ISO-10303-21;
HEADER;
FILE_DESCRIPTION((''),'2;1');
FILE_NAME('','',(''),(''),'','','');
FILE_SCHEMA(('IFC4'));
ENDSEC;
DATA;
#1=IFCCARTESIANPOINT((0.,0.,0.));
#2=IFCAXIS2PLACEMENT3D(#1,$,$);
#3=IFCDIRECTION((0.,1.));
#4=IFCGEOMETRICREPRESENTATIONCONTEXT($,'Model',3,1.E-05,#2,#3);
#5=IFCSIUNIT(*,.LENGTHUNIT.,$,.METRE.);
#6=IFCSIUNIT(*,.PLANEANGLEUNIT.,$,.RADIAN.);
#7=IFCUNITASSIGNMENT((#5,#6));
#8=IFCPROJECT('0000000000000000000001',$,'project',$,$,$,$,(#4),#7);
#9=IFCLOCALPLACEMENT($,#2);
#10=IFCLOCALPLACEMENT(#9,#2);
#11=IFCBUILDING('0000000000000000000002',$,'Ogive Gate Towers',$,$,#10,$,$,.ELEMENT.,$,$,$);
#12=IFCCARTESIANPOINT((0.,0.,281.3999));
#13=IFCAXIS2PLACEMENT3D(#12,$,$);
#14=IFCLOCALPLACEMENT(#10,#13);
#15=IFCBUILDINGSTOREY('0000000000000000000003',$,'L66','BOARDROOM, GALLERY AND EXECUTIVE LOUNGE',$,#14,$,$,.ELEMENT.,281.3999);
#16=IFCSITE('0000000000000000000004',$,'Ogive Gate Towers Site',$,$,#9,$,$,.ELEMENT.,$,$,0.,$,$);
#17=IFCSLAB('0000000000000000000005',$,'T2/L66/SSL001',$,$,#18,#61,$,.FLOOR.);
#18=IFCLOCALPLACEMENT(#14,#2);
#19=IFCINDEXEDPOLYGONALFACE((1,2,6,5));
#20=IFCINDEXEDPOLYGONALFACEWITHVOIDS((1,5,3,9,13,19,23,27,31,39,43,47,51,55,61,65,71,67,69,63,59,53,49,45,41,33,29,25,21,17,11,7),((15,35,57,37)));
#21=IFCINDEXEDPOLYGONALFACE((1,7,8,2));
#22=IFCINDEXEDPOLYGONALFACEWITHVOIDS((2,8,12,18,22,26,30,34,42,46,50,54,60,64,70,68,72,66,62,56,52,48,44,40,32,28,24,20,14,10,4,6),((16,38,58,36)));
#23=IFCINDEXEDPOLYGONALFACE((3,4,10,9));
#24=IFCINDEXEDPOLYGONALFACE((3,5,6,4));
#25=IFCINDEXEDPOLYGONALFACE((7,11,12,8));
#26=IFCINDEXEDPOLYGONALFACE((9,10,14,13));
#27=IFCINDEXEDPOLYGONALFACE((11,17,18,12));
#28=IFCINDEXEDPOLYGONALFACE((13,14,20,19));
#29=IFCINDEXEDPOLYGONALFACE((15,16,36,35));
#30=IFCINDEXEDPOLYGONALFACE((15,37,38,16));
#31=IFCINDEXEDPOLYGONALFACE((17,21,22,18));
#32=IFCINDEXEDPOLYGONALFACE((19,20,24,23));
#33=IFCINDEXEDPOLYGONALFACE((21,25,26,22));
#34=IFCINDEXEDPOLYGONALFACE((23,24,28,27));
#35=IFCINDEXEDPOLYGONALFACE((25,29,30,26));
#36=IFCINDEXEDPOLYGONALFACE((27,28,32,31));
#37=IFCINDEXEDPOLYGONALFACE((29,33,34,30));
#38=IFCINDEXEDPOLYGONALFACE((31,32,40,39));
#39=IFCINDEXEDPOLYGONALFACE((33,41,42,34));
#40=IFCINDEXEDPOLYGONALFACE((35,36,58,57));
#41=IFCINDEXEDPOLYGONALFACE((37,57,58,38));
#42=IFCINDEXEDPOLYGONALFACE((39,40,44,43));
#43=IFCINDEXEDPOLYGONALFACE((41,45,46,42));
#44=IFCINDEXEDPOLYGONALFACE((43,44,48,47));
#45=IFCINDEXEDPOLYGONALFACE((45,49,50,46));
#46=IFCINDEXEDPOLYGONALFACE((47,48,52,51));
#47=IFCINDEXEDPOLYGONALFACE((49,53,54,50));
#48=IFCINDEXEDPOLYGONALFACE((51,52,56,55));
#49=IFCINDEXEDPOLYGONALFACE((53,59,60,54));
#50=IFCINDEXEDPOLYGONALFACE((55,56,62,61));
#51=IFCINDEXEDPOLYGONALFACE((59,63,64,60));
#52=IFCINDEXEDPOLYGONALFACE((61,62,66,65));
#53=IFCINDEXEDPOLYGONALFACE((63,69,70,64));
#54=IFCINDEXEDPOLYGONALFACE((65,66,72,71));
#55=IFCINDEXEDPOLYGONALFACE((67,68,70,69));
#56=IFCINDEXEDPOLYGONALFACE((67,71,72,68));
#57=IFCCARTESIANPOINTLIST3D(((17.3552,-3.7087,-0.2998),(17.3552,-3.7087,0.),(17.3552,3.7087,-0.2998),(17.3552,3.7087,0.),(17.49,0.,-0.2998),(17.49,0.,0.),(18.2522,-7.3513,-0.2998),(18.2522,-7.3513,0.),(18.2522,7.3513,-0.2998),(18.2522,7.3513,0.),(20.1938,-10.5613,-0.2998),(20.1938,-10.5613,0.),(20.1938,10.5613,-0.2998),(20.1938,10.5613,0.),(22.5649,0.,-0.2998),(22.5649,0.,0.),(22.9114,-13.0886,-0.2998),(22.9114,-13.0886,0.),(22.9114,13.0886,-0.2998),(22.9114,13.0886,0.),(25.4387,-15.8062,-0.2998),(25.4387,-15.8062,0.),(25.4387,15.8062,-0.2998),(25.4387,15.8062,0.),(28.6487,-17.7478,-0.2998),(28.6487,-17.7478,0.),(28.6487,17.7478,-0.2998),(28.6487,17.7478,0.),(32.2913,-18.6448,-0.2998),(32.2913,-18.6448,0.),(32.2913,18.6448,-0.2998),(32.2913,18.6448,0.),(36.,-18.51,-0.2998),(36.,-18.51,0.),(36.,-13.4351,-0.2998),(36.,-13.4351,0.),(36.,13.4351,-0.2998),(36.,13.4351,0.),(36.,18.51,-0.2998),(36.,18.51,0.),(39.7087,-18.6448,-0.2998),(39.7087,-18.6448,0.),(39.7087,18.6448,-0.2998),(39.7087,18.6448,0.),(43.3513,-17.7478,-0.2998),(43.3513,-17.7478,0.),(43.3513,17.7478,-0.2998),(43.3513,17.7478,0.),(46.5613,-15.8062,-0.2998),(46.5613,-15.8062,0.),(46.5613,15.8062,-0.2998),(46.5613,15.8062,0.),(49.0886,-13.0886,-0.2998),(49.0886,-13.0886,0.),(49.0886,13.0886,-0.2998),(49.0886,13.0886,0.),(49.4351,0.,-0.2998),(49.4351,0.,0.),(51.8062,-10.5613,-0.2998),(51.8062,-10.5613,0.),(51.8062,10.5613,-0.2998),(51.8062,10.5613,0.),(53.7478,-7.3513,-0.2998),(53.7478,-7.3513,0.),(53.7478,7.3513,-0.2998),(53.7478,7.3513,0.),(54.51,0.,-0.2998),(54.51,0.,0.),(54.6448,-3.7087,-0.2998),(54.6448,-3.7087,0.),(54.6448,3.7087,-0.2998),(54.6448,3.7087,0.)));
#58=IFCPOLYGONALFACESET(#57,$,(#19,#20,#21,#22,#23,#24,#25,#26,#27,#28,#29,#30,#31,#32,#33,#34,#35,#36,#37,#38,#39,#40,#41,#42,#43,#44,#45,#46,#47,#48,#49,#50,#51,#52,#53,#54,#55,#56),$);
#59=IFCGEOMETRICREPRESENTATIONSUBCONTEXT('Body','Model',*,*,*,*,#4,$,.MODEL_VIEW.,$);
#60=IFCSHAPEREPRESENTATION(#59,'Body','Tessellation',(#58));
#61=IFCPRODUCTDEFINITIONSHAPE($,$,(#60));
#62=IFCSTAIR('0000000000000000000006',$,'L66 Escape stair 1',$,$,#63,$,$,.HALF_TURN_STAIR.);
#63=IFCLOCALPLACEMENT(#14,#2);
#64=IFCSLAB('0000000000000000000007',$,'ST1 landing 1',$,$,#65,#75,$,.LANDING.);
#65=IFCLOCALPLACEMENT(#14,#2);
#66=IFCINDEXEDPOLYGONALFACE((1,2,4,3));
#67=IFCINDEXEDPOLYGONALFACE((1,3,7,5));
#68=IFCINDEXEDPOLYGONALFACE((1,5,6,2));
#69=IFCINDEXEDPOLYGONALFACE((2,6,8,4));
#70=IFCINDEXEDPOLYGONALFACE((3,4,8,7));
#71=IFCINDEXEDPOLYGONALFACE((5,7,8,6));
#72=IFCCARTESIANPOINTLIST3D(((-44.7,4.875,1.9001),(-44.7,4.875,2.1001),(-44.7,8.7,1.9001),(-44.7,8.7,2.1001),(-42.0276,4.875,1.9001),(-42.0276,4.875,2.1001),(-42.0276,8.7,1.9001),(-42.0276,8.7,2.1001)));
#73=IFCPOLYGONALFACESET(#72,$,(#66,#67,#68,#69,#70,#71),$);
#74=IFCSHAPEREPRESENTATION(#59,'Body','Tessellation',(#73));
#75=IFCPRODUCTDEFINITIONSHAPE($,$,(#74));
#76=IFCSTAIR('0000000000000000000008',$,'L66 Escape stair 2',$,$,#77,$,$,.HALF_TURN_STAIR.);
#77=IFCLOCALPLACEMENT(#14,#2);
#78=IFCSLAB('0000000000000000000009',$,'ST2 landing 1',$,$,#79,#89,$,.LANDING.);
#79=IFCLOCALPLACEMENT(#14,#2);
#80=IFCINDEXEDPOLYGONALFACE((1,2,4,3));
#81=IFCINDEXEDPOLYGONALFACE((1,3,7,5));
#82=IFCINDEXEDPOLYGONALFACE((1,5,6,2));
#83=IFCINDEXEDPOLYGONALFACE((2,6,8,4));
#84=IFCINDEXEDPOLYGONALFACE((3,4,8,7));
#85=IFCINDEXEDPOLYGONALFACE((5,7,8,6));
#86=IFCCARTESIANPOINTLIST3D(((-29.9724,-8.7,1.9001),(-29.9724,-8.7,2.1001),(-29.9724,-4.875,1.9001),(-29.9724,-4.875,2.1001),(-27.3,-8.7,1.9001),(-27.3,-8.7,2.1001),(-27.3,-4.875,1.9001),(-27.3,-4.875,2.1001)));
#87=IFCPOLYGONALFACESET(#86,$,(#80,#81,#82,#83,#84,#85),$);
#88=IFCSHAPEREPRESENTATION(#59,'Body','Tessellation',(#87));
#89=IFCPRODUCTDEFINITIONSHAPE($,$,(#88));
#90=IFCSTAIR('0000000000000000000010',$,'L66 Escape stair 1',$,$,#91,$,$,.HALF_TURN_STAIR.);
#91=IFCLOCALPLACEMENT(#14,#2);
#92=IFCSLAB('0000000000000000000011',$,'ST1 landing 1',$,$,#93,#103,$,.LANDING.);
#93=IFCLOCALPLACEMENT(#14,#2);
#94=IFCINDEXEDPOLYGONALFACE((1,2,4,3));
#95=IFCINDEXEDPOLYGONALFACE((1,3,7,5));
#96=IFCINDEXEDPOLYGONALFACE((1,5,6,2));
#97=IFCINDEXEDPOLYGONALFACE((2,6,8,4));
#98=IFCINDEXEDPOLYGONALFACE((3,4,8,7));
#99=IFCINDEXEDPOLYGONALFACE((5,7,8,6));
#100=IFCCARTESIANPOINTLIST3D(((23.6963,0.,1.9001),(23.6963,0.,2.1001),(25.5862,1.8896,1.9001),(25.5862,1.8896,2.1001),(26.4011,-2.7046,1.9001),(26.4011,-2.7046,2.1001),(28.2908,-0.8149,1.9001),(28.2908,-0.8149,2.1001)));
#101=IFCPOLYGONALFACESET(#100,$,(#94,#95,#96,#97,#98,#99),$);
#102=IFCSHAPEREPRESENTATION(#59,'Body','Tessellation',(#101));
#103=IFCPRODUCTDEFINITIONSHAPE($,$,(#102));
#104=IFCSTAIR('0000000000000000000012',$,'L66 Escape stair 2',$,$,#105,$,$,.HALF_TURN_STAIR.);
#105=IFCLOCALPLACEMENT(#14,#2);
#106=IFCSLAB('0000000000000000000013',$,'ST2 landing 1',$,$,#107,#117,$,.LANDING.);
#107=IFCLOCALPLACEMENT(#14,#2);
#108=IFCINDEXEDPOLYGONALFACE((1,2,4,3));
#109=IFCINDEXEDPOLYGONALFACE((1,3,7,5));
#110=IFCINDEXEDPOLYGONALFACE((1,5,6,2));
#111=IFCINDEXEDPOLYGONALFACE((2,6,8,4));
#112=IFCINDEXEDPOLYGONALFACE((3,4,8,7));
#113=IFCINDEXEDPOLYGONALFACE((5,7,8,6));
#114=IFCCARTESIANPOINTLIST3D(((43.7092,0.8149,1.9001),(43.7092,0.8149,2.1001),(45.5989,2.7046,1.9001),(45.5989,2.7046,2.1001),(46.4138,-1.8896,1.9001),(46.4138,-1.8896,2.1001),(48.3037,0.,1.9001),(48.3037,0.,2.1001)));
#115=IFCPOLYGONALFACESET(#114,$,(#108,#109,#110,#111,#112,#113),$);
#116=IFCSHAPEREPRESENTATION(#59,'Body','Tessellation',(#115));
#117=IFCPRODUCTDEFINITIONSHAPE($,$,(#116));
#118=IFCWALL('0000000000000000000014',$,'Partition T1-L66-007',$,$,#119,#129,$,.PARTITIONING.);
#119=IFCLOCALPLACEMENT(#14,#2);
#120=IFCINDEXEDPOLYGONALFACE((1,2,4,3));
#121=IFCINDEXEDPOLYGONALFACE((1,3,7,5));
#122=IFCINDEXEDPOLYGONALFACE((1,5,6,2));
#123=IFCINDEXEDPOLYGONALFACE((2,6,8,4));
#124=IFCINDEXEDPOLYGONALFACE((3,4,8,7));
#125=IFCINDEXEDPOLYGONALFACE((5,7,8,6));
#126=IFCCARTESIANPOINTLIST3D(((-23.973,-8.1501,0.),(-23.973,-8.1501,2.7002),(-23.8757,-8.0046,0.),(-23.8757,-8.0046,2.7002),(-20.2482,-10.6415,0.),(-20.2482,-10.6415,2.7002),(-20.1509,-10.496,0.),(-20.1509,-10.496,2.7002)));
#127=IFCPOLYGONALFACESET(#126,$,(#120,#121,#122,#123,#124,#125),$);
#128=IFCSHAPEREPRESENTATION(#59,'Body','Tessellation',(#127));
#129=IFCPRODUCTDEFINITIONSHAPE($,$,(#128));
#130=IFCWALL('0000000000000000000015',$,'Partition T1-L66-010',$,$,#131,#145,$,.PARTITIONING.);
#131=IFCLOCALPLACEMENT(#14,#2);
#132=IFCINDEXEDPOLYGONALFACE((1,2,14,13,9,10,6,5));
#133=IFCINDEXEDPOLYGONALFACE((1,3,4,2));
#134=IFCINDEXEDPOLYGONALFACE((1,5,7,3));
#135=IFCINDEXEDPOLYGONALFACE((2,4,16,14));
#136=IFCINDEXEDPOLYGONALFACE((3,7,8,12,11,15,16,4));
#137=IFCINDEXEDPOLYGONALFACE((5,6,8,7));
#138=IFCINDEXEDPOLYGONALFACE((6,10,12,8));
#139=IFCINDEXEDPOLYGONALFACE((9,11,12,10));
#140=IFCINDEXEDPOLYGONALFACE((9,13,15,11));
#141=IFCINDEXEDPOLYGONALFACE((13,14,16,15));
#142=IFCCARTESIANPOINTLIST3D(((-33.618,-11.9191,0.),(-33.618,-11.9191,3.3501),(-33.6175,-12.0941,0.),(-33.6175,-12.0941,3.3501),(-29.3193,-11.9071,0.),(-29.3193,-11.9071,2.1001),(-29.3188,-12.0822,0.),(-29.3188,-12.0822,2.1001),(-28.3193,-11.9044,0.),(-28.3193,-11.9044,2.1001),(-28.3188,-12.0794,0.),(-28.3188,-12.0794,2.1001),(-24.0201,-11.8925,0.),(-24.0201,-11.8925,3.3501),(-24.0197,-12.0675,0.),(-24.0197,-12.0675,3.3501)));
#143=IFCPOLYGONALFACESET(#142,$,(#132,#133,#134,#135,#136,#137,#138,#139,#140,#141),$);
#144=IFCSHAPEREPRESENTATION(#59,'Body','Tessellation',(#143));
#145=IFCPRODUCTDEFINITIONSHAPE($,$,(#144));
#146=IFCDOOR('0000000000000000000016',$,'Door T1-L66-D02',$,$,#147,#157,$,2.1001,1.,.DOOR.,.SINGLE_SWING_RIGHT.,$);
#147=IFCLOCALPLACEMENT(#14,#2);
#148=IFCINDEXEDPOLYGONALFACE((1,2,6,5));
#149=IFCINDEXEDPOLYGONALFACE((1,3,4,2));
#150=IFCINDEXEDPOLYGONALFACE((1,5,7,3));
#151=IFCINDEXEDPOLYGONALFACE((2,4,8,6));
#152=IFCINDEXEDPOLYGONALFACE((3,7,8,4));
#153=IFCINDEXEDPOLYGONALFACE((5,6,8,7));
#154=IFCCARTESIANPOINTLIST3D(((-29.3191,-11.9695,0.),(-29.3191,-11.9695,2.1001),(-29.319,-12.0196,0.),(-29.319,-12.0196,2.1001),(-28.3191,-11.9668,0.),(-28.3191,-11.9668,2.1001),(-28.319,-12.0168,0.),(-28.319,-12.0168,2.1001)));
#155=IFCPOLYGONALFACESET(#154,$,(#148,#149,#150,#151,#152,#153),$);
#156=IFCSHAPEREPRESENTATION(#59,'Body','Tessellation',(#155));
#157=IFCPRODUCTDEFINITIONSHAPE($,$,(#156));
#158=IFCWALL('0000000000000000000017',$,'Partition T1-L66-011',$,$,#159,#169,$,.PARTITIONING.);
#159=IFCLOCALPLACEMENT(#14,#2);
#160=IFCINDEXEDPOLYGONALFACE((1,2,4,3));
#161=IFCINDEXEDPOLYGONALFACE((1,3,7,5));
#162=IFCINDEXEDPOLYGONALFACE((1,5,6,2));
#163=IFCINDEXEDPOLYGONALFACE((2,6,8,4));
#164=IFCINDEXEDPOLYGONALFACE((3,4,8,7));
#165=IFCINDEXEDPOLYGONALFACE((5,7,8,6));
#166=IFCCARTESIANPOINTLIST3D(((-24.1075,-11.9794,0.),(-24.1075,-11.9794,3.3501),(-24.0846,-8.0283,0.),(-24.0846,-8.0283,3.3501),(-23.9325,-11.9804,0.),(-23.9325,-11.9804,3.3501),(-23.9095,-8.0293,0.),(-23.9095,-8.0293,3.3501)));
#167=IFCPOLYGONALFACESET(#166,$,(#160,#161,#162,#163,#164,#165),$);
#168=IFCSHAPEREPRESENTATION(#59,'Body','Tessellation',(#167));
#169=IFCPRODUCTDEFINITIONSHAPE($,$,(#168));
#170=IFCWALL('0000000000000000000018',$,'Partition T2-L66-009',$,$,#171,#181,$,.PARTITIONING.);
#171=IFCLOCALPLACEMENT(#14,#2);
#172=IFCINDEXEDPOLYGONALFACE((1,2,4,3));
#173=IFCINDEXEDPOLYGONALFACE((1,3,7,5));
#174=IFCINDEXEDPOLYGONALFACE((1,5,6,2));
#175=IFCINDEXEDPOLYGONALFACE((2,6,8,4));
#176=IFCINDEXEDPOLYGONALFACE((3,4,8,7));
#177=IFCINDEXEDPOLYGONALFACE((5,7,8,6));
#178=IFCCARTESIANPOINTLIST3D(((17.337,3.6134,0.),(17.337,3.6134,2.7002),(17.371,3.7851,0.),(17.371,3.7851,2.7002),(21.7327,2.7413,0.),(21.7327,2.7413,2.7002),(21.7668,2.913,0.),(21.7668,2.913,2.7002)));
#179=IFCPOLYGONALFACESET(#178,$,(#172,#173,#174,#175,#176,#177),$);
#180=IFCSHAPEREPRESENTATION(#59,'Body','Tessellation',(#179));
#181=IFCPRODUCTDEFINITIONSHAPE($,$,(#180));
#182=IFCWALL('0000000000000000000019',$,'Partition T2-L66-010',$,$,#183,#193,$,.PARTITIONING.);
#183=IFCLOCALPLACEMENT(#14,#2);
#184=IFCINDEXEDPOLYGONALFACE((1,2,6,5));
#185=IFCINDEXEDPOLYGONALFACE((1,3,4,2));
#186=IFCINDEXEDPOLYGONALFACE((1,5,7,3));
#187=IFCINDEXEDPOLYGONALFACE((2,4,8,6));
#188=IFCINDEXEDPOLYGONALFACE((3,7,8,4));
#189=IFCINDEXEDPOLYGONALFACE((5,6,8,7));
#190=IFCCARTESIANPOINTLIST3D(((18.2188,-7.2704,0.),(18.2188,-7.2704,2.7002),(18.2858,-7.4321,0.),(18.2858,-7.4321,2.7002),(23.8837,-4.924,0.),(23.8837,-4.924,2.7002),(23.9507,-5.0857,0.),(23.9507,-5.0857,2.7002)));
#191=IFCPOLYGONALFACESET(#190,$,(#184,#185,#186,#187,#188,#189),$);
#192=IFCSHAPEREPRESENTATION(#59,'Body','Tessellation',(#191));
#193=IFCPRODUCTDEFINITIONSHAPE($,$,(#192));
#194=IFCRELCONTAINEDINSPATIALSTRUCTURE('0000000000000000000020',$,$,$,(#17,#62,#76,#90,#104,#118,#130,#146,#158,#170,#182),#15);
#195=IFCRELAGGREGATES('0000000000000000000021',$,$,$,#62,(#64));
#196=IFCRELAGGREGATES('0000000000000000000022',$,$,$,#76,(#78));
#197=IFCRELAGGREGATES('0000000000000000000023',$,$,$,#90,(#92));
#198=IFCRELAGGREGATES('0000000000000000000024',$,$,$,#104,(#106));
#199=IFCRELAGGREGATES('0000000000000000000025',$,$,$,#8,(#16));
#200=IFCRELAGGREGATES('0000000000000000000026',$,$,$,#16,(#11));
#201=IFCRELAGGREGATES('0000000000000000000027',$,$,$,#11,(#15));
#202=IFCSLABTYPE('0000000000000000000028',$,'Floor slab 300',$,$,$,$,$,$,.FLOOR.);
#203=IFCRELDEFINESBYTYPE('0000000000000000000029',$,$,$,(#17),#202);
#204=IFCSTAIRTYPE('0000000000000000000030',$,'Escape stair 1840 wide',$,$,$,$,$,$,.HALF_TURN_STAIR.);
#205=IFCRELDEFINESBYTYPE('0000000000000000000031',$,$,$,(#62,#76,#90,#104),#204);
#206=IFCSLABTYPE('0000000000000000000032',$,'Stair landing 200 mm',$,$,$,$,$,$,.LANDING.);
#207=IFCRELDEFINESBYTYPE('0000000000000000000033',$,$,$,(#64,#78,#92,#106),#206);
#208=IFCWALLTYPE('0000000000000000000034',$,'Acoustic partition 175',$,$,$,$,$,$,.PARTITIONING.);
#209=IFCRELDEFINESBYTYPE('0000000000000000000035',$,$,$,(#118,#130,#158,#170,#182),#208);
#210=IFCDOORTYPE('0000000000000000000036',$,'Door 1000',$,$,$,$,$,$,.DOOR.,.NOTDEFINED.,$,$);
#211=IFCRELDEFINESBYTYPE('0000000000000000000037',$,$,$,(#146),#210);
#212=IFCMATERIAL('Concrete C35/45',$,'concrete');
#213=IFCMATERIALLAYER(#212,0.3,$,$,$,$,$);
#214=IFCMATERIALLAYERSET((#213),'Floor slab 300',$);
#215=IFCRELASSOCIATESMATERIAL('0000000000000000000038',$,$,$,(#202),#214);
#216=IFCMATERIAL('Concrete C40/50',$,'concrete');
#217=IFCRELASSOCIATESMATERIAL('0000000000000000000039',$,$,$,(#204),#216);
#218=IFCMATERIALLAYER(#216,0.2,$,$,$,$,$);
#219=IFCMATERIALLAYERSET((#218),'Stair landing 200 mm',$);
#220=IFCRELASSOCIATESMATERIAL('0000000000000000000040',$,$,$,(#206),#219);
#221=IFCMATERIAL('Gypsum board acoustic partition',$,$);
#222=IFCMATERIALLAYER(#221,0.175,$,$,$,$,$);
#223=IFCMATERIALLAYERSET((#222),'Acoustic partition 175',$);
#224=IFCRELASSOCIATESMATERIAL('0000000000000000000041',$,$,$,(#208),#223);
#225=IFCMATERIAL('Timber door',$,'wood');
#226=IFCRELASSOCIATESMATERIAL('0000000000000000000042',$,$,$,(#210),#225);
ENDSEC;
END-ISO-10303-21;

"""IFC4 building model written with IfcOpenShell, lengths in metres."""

from ifc_helpers import new_model, si_unit, direction, frame, frame_2d, origin, place, context, subcontext, project, spatial, polyline, rectangle, outline, extrude, material, layer, layer_set, type_object, element, fill, aggregate, save


model = new_model("IFC4")

# Units and contexts
model_context = context("Model", 3, precision=1e-05, world=origin(), true_north=direction((0.0, 1.0)))
body_context = subcontext(model_context, "Body", "Model", "MODEL_VIEW")
ifc_project = project(units=[si_unit("LENGTHUNIT", "METRE"), si_unit("PLANEANGLEUNIT", "RADIAN")], contexts=[model_context])

# Site, building, storey
site_placement = place(None, origin())
site = spatial("IfcSite", under=ifc_project, at=site_placement, Name="Ogive Gate Towers Site", CompositionType="ELEMENT", RefElevation=0.0)
building_placement = place(site_placement, origin())
building = spatial("IfcBuilding", under=site, at=building_placement, Name="Ogive Gate Towers", CompositionType="ELEMENT")
storey_placement = place(building_placement, frame((0.0, 0.0, 281.3999)))
storey = spatial("IfcBuildingStorey", under=building, at=storey_placement, Name="L66", Description="BOARDROOM, GALLERY AND EXECUTIVE LOUNGE", CompositionType="ELEMENT", Elevation=281.3999)

# Slab
ifc_material_1 = material(Name="Concrete C40/50", Category="concrete")
ifc_material_2 = material(Name="Concrete C35/45", Category="concrete")
ifc_layer_1 = layer(ifc_material_2, 0.3)
ifc_layer_set_1 = layer_set([ifc_layer_1], Name="Floor slab 300")
slab_type_1 = type_object("IfcSlabType", Name="Floor slab 300", PredefinedType="FLOOR", material=ifc_layer_set_1)
slab_1_placement = place(storey_placement, frame((0.0, 0.0, -0.2998)))
element("IfcSlab", 1, at=slab_1_placement, inside=storey, type_object=slab_type_1, Name="T2/L66/SSL001", PredefinedType="FLOOR", context=body_context, shape_type="SweptSolid", body=[
    extrude(outline(polyline([(54.6448, -3.7087), (54.51, 0.0), (54.6448, 3.7087), (53.7478, 7.3513), (51.8062, 10.5613), (49.0886, 13.0886), (46.5613, 15.8062), (43.3513, 17.7478), (39.7087, 18.6448), (36.0, 18.51), (32.2913, 18.6448), (28.6487, 17.7478), (25.4387, 15.8062), (22.9114, 13.0886), (20.1938, 10.5613), (18.2522, 7.3513), (17.3552, 3.7087), (17.49, 0.0), (17.3552, -3.7087), (18.2522, -7.3513), (20.1938, -10.5613), (22.9114, -13.0886), (25.4387, -15.8062), (28.6487, -17.7478), (32.2913, -18.6448), (36.0, -18.51), (39.7087, -18.6448), (43.3513, -17.7478), (46.5613, -15.8062), (49.0886, -13.0886), (51.8062, -10.5613), (53.7478, -7.3513), (54.6448, -3.7087)]), holes=[polyline([(49.4351, 0.0), (36.0, -13.4351), (22.5649, 0.0), (36.0, 13.4351), (49.4351, 0.0)])]), origin(), (0.0, 0.0, 1.0), 0.2998),
])

# Stairs, slabs
stair_type = type_object("IfcStairType", Name="Escape stair 1840 wide", PredefinedType="HALF_TURN_STAIR", material=ifc_material_1)
stair_1_placement = place(storey_placement, origin())
stair_1 = element("IfcStair", 2, at=stair_1_placement, inside=storey, type_object=stair_type, Name="L66 Escape stair 1", PredefinedType="HALF_TURN_STAIR")
ifc_layer_2 = layer(ifc_material_1, 0.2)
ifc_layer_set_2 = layer_set([ifc_layer_2], Name="Stair landing 200 mm")
slab_type_2 = type_object("IfcSlabType", Name="Stair landing 200 mm", PredefinedType="LANDING", material=ifc_layer_set_2)
slab_2_placement = place(storey_placement, frame((0.0, 0.0, 1.9001)))
slab_2 = element("IfcSlab", 3, at=slab_2_placement, type_object=slab_type_2, Name="ST1 landing 1", PredefinedType="LANDING", context=body_context, shape_type="SweptSolid", body=[
    extrude(outline(polyline([(-42.0276, 8.7), (-44.7, 8.7), (-44.7, 4.875), (-42.0276, 4.875), (-42.0276, 8.7)])), origin(), (0.0, 0.0, 1.0), 0.2),
])
aggregate(stair_1, [slab_2])
stair_2_placement = place(storey_placement, origin())
stair_2 = element("IfcStair", 4, at=stair_2_placement, inside=storey, type_object=stair_type, Name="L66 Escape stair 2", PredefinedType="HALF_TURN_STAIR")
slab_3_placement = place(storey_placement, frame((0.0, 0.0, 1.9001)))
slab_3 = element("IfcSlab", 5, at=slab_3_placement, type_object=slab_type_2, Name="ST2 landing 1", PredefinedType="LANDING", context=body_context, shape_type="SweptSolid", body=[
    extrude(outline(polyline([(-29.9724, -8.7), (-27.3, -8.7), (-27.3, -4.875), (-29.9724, -4.875), (-29.9724, -8.7)])), origin(), (0.0, 0.0, 1.0), 0.2),
])
aggregate(stair_2, [slab_3])
stair_3_placement = place(storey_placement, origin())
stair_3 = element("IfcStair", 6, at=stair_3_placement, inside=storey, type_object=stair_type, Name="L66 Escape stair 1", PredefinedType="HALF_TURN_STAIR")
slab_4_placement = place(storey_placement, frame((0.0, 0.0, 1.9001)))
slab_4 = element("IfcSlab", 7, at=slab_4_placement, type_object=slab_type_2, Name="ST1 landing 1", PredefinedType="LANDING", context=body_context, shape_type="SweptSolid", body=[
    extrude(outline(polyline([(25.5862, 1.8896), (23.6963, 0.0), (26.4011, -2.7046), (28.2908, -0.8149), (25.5862, 1.8896)])), origin(), (0.0, 0.0, 1.0), 0.2),
])
aggregate(stair_3, [slab_4])
stair_4_placement = place(storey_placement, origin())
stair_4 = element("IfcStair", 8, at=stair_4_placement, inside=storey, type_object=stair_type, Name="L66 Escape stair 2", PredefinedType="HALF_TURN_STAIR")
slab_5_placement = place(storey_placement, frame((0.0, 0.0, 1.9001)))
slab_5 = element("IfcSlab", 9, at=slab_5_placement, type_object=slab_type_2, Name="ST2 landing 1", PredefinedType="LANDING", context=body_context, shape_type="SweptSolid", body=[
    extrude(outline(polyline([(46.4138, -1.8896), (48.3037, 0.0), (45.5989, 2.7046), (43.7092, 0.8149), (46.4138, -1.8896)])), origin(), (0.0, 0.0, 1.0), 0.2),
])
aggregate(stair_4, [slab_5])

# Wall
ifc_material_3 = material(Name="Gypsum board acoustic partition")
ifc_layer_3 = layer(ifc_material_3, 0.175)
ifc_layer_set_3 = layer_set([ifc_layer_3], Name="Acoustic partition 175")
wall_type_1 = type_object("IfcWallType", Name="Acoustic partition 175", PredefinedType="PARTITIONING", material=ifc_layer_set_3)
wall_1_placement = place(storey_placement, frame((-20.1995, -10.5688, 0.0), z_axis=(0.0, 0.0, 1.0), x_axis=(-0.831203, 0.555969, 0.0)))
element("IfcWall", 10, at=wall_1_placement, inside=storey, type_object=wall_type_1, Name="Partition T1-L66-007", PredefinedType="PARTITIONING", context=body_context, shape_type="SweptSolid", body=[
    extrude(rectangle(XDim=4.4812, YDim=0.175, at=frame_2d((2.2407, 0.0))), origin(), (0.0, 0.0, 1.0), 2.7002),
])

# Wall, opening, door
wall_2_placement = place(storey_placement, frame((-24.02, -11.98, 0.0), z_axis=(0.0, 0.0, 1.0), x_axis=(-0.999996, -0.002773, 0.0)))
wall_2 = element("IfcWall", 11, at=wall_2_placement, inside=storey, type_object=wall_type_1, Name="Partition T1-L66-010", PredefinedType="PARTITIONING", context=body_context, shape_type="SweptSolid", body=[
    extrude(rectangle(XDim=9.5979, YDim=0.175, at=frame_2d((4.7988, 0.0))), origin(), (0.0, 0.0, 1.0), 3.3501),
])
opening_1_placement = place(wall_2_placement, frame((4.2991, 0.0, 0.0)))
opening_1 = element("IfcOpeningElement", 12, at=opening_1_placement, cuts=wall_2, PredefinedType="OPENING", context=body_context, shape_type="SweptSolid", body=[
    extrude(rectangle(XDim=1.0, YDim=2.1001, at=frame_2d((0.5, 1.05))), frame((0.0, 0.0977, 0.0), z_axis=(0.0, -1.0, 0.0), x_axis=(1.0, 0.0, 0.0)), (0.0, 0.0, 1.0), 0.1951),
])
ifc_material_4 = material(Name="Timber door", Category="wood")
door_type_1 = type_object("IfcDoorType", Name="Door 1000", OperationType="NOTDEFINED", PredefinedType="DOOR", material=ifc_material_4)
door_1_placement = place(opening_1_placement, origin())
door_1 = element("IfcDoor", 13, at=door_1_placement, inside=storey, type_object=door_type_1, Name="Door T1-L66-D02", OperationType="SINGLE_SWING_RIGHT", OverallHeight=2.1001, OverallWidth=1.0, PredefinedType="DOOR", context=body_context, shape_type="SweptSolid", body=[
    extrude(rectangle(XDim=1.0, YDim=2.1001, at=frame_2d((0.5, 1.05))), frame((0.0, 0.0249, 0.0), z_axis=(0.0, -1.0, 0.0), x_axis=(1.0, 0.0, 0.0)), (0.0, 0.0, 1.0), 0.05),
])
fill(opening_1, door_1)

# Walls
wall_3_placement = place(storey_placement, frame((-23.9971, -8.0288, 0.0), z_axis=(0.0, 0.0, 1.0), x_axis=(-0.005808, -0.999983, 0.0)))
element("IfcWall", 14, at=wall_3_placement, inside=storey, type_object=wall_type_1, Name="Partition T1-L66-011", PredefinedType="PARTITIONING", context=body_context, shape_type="SweptSolid", body=[
    extrude(rectangle(XDim=3.9512, YDim=0.175, at=frame_2d((1.9756, 0.0))), origin(), (0.0, 0.0, 1.0), 3.3501),
])
wall_4_placement = place(storey_placement, frame((17.354, 3.6992, 0.0), z_axis=(0.0, 0.0, 1.0), x_axis=(0.980883, -0.194597, 0.0)))
element("IfcWall", 15, at=wall_4_placement, inside=storey, type_object=wall_type_1, Name="Partition T2-L66-009", PredefinedType="PARTITIONING", context=body_context, shape_type="SweptSolid", body=[
    extrude(rectangle(XDim=4.4814, YDim=0.175, at=frame_2d((2.2407, 0.0))), origin(), (0.0, 0.0, 1.0), 2.7002),
])
wall_5_placement = place(storey_placement, frame((18.2522, -7.3513, 0.0), z_axis=(0.0, 0.0, 1.0), x_axis=(0.923879, 0.382684, 0.0)))
element("IfcWall", 16, at=wall_5_placement, inside=storey, type_object=wall_type_1, Name="Partition T2-L66-010", PredefinedType="PARTITIONING", context=body_context, shape_type="SweptSolid", body=[
    extrude(rectangle(XDim=6.1316, YDim=0.175, at=frame_2d((3.0659, 0.0))), origin(), (0.0, 0.0, 1.0), 2.7002),
])

save(model, "model.ifc")
